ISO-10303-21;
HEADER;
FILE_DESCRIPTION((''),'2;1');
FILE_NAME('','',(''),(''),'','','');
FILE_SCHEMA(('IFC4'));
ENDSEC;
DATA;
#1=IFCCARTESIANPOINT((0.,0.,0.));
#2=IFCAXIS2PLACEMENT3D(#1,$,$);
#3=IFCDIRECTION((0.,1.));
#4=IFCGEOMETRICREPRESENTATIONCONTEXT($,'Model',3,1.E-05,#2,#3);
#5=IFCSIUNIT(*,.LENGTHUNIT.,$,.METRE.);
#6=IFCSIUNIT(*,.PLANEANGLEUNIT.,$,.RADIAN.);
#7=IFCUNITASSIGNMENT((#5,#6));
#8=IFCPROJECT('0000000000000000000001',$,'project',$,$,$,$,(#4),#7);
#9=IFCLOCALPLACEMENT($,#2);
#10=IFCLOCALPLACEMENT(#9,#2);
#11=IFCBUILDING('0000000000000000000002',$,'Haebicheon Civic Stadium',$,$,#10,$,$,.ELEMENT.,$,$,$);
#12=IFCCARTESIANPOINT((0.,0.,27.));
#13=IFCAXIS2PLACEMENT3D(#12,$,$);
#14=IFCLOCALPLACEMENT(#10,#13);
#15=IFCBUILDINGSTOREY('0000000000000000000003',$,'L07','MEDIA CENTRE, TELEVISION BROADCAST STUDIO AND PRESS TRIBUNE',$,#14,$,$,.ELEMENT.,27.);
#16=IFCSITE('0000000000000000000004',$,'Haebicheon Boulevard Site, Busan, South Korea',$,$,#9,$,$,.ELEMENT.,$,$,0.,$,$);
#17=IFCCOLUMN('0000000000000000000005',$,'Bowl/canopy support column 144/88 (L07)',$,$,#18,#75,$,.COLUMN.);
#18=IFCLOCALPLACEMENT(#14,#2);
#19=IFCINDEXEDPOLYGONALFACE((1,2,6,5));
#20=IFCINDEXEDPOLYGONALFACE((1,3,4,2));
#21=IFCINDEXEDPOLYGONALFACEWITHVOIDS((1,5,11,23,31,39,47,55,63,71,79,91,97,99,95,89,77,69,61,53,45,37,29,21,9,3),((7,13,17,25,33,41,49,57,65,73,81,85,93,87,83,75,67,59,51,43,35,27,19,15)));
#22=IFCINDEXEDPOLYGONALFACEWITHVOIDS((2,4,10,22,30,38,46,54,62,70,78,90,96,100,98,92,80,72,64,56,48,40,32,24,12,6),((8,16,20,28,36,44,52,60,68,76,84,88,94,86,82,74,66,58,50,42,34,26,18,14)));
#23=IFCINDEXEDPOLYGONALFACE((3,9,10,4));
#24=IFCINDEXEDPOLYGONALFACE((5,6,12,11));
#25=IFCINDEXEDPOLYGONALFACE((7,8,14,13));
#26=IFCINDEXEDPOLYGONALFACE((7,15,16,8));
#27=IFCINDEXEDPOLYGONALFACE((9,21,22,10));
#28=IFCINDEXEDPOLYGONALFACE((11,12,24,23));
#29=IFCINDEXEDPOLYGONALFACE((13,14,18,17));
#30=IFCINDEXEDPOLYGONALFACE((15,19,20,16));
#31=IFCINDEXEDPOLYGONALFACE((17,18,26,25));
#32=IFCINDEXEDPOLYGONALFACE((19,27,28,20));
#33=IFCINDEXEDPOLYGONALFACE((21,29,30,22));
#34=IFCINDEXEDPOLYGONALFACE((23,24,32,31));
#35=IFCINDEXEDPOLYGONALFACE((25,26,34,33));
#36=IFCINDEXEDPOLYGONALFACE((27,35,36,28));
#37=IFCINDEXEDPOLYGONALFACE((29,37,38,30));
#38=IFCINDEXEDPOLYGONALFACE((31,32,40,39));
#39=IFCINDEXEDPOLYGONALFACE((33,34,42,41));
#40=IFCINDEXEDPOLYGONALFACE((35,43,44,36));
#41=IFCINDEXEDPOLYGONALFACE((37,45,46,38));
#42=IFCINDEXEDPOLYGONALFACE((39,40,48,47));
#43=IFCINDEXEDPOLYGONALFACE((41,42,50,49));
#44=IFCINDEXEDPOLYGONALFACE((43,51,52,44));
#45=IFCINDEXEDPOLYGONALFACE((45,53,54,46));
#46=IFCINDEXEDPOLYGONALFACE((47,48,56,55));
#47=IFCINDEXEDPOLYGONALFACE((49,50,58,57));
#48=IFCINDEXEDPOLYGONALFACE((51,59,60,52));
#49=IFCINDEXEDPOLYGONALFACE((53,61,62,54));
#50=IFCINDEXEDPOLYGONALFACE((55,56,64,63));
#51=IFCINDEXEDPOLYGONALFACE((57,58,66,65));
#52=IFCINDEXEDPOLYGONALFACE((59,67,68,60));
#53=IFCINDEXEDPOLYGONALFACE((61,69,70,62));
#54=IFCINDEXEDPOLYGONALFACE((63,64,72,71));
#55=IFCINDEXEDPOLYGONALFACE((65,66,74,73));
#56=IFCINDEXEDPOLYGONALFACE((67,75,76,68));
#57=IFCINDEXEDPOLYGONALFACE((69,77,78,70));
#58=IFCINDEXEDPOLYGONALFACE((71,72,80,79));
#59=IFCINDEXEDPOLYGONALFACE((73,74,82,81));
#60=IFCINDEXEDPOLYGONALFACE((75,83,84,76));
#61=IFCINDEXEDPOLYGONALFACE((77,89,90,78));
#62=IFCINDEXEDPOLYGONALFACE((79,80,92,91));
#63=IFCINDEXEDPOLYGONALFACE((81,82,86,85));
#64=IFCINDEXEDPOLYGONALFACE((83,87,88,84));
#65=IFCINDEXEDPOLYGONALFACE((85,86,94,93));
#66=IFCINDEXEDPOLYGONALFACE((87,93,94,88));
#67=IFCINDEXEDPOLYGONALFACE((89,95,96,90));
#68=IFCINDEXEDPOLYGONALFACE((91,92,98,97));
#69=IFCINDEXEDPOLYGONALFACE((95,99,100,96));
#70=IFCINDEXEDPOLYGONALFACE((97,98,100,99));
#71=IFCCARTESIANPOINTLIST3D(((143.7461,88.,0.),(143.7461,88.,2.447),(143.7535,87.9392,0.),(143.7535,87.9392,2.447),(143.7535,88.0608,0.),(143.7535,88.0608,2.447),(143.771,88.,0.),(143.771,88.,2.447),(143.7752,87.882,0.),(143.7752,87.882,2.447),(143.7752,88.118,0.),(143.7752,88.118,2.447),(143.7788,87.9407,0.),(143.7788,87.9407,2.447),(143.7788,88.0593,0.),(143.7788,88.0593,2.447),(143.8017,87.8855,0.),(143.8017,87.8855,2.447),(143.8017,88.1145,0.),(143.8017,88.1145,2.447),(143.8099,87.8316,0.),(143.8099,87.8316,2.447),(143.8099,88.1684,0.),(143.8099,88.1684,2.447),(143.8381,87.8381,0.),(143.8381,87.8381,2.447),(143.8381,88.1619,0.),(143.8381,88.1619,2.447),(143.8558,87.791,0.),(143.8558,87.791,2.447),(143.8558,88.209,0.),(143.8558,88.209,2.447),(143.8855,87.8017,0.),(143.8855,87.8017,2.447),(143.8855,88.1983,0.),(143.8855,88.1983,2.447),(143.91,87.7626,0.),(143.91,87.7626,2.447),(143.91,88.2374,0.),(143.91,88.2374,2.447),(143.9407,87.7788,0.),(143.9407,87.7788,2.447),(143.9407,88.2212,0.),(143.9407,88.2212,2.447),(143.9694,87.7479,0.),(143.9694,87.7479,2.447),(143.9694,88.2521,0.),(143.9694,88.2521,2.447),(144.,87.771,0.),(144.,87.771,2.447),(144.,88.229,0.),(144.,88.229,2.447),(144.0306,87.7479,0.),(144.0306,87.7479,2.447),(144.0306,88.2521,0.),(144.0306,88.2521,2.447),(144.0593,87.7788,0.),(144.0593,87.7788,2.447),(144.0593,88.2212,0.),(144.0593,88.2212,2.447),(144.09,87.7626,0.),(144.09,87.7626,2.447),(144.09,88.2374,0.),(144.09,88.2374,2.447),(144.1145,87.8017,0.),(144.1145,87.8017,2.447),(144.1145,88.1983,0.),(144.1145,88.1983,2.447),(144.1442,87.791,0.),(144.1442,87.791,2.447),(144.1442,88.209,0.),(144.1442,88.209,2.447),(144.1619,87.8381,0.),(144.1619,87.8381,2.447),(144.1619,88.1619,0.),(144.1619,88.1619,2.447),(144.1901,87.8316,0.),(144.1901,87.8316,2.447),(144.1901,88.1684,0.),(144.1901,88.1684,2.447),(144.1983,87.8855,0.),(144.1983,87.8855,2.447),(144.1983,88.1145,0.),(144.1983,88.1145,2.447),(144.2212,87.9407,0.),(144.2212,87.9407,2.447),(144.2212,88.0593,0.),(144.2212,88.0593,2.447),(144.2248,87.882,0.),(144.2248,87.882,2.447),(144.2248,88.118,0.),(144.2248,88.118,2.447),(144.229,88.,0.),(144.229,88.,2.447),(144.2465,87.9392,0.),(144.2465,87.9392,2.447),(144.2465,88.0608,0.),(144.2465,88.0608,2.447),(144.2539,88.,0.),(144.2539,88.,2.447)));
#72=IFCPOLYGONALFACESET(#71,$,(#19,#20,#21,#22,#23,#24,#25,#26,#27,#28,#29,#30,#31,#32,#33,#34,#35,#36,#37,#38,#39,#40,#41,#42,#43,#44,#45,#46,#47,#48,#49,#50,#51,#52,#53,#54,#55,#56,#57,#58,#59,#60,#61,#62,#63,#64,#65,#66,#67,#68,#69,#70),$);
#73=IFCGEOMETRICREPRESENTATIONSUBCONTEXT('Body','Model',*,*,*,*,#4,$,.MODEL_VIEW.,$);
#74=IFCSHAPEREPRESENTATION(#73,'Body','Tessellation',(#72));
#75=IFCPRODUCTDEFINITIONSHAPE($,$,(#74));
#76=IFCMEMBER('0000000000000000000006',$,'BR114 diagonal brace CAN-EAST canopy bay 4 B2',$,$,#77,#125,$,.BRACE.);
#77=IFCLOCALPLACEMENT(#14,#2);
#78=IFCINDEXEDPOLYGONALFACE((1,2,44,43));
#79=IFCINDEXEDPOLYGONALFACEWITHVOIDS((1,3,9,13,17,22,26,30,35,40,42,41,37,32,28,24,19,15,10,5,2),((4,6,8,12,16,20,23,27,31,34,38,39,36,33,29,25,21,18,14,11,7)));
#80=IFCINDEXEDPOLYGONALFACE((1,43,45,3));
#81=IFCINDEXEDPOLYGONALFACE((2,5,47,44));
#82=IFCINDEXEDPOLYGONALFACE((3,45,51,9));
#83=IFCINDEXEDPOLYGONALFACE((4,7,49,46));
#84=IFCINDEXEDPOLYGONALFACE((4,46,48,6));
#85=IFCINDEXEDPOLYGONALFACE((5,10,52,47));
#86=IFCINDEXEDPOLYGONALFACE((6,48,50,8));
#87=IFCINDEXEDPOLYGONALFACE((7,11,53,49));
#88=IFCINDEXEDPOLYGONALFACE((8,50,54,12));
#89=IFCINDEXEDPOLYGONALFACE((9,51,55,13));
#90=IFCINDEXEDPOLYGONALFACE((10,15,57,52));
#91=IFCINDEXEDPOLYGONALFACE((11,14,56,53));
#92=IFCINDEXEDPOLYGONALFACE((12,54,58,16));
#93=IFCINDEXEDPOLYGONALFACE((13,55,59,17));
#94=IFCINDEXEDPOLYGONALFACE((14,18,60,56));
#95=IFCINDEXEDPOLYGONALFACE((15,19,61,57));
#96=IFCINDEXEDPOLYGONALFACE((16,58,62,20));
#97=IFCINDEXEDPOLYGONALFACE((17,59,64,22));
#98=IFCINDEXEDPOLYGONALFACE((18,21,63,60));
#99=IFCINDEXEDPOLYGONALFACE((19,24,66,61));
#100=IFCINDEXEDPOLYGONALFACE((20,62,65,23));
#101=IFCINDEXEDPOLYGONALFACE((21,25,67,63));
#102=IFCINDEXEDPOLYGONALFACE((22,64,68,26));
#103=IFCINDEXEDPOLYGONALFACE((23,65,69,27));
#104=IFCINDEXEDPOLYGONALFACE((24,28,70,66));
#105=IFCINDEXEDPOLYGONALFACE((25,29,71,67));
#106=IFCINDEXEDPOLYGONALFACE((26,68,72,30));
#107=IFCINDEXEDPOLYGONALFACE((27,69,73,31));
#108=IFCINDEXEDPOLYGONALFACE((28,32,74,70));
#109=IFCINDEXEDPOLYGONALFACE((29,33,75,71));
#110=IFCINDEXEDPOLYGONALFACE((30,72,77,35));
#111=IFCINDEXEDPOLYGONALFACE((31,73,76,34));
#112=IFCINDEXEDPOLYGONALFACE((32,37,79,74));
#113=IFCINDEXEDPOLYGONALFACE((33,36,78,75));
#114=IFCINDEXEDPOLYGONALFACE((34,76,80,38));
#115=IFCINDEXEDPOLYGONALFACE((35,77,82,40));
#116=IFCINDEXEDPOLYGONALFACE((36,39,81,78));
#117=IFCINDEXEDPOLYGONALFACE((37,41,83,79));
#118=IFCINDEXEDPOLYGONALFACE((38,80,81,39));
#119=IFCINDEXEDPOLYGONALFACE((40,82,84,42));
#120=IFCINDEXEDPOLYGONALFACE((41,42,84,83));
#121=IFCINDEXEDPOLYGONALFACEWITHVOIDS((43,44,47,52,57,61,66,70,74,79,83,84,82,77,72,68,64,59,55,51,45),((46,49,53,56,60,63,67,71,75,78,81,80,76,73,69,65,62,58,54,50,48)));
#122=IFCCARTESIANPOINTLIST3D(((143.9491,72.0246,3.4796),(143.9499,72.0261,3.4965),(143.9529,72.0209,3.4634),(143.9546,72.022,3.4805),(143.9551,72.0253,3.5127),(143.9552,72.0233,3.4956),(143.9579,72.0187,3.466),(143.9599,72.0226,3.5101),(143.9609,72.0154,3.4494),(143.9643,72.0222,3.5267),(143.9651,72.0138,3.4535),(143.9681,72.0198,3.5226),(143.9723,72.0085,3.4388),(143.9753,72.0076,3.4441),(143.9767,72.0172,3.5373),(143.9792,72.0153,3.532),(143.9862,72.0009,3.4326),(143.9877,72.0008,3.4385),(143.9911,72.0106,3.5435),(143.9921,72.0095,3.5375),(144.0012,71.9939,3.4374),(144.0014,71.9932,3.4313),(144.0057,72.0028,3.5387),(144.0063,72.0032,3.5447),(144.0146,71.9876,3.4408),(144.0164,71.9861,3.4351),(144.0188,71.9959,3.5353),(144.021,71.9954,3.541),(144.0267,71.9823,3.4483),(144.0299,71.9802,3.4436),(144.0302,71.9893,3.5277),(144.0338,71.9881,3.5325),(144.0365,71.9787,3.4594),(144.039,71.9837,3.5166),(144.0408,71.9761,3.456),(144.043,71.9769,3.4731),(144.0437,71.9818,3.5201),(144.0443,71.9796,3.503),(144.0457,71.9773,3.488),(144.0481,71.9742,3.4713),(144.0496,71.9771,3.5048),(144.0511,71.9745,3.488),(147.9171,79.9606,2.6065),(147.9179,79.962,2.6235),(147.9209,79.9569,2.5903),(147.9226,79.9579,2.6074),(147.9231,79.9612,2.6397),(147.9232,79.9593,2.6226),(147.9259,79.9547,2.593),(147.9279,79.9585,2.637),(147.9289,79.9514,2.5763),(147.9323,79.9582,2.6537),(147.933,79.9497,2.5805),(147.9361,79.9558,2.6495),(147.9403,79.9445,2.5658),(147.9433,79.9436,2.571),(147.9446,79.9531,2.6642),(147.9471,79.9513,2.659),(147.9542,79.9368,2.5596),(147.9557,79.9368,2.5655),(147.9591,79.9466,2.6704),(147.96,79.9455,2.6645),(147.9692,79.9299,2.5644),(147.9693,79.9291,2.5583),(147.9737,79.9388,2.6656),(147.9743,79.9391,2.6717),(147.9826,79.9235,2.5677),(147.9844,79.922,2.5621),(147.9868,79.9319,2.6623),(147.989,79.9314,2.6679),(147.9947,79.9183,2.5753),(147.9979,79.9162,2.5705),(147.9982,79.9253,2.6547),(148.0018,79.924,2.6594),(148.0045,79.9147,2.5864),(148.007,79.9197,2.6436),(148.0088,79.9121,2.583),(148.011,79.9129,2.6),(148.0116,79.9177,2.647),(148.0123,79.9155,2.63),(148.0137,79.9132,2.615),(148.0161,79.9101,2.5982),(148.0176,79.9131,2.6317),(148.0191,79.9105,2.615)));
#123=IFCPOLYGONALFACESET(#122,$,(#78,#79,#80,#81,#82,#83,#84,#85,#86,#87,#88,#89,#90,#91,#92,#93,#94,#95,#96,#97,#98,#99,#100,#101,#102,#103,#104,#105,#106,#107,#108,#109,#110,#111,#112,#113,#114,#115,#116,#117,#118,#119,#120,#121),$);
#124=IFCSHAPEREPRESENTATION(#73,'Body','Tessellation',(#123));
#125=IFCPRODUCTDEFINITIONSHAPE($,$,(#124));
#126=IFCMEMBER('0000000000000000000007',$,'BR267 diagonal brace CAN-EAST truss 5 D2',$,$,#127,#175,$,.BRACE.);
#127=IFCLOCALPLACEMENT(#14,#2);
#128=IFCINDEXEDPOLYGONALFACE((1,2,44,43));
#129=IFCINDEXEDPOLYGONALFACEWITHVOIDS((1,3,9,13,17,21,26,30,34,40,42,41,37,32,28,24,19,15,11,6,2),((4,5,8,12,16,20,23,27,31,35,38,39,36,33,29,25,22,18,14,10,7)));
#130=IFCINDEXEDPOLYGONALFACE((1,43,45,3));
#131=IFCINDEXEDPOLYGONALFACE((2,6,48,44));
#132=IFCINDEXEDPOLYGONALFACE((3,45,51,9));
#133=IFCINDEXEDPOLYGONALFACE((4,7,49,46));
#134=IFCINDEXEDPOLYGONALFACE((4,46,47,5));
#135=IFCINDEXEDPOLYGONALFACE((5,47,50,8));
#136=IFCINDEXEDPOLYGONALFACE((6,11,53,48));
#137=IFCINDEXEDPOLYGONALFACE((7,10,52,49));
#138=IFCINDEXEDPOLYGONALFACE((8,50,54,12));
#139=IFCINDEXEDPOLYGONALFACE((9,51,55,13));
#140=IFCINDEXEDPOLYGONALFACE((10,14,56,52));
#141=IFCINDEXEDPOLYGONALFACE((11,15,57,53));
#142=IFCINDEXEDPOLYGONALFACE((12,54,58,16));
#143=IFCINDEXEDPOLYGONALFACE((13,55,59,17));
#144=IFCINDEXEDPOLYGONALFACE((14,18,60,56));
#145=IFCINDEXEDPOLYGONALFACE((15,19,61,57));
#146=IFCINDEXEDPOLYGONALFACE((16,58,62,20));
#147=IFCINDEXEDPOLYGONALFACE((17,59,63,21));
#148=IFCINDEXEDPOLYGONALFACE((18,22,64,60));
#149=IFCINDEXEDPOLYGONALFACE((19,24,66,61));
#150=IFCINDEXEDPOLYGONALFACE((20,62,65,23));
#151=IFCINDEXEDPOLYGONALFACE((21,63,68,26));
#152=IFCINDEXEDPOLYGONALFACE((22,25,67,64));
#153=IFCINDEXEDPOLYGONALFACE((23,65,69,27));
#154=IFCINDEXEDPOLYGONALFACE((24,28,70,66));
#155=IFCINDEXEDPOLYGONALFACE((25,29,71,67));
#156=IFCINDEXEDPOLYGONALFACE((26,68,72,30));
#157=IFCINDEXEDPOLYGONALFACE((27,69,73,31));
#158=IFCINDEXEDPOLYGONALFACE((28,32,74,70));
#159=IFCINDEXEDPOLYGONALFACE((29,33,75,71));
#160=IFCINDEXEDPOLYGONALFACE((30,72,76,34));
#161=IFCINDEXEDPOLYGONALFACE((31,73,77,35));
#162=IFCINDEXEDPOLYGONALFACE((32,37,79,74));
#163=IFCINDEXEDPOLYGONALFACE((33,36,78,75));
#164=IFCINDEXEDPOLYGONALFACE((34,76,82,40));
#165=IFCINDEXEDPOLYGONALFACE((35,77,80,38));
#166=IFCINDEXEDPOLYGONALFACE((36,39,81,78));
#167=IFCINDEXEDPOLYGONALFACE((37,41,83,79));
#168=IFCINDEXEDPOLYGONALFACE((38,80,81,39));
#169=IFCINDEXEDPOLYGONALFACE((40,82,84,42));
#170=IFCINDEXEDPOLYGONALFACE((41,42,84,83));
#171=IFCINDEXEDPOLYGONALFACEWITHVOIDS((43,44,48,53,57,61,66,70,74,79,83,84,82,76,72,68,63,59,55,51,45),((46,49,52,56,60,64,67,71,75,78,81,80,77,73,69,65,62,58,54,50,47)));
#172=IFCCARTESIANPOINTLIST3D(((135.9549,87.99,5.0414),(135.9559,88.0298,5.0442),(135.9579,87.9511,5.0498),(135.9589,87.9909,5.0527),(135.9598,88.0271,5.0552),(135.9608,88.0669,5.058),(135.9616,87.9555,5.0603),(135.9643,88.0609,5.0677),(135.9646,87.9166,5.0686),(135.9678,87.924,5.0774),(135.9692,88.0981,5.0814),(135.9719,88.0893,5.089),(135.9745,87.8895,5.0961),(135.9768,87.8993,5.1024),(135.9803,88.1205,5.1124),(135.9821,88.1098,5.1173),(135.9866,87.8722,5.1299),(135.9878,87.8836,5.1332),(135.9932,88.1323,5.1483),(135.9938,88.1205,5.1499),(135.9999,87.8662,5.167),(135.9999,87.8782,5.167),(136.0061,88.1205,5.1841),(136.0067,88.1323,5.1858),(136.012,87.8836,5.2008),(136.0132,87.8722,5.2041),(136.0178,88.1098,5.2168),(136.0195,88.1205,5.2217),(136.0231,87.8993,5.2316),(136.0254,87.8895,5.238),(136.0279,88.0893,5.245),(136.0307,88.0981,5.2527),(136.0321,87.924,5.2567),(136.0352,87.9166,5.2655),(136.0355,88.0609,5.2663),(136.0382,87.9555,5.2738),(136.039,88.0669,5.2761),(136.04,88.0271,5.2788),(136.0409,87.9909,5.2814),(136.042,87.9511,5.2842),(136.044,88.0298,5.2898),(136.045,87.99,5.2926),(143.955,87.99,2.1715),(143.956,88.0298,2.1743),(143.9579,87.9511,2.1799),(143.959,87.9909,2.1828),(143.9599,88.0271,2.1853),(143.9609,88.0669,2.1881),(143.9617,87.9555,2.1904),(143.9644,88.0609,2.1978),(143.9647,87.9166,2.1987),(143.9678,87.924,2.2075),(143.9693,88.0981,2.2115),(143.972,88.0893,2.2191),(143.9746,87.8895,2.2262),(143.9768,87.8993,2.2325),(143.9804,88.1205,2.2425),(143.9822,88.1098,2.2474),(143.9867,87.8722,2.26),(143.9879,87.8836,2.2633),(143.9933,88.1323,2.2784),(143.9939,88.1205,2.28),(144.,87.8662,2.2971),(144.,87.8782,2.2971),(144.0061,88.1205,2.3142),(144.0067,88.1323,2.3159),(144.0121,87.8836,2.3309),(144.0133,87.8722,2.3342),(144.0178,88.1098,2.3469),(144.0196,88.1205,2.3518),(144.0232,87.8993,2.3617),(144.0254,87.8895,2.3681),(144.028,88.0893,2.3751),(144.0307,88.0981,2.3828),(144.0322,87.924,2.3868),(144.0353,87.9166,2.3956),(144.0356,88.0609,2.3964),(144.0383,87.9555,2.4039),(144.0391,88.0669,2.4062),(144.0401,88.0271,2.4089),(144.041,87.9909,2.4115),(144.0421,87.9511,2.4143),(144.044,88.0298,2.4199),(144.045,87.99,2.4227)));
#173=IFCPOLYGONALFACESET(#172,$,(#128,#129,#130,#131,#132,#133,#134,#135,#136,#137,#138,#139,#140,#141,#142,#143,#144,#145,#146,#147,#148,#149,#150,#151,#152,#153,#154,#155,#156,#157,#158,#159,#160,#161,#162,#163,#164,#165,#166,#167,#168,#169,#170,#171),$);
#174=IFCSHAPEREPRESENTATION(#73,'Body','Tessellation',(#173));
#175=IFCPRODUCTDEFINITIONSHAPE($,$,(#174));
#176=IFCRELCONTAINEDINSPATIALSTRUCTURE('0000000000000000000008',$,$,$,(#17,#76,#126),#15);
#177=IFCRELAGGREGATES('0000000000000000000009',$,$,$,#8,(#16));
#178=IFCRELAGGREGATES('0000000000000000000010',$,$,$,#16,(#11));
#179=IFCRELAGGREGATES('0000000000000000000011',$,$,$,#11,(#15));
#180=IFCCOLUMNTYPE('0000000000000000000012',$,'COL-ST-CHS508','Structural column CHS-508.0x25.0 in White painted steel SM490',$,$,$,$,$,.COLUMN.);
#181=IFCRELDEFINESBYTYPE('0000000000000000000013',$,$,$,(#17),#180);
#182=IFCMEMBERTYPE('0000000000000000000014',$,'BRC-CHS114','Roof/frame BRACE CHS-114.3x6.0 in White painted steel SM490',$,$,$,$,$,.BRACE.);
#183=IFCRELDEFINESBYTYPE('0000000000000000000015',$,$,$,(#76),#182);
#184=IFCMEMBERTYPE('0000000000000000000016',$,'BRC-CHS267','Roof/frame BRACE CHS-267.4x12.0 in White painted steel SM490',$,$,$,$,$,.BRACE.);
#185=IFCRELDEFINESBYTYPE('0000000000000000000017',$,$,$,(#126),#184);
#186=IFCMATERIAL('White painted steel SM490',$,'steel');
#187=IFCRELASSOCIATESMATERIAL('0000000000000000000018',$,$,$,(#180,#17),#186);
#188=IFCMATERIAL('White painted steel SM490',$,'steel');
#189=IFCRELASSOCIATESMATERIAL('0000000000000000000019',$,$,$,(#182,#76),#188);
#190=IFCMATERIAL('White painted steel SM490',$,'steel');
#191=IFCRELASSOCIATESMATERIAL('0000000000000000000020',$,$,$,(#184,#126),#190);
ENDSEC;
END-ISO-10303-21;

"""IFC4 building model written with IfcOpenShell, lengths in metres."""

from ifc_helpers import new_model, si_unit, direction, frame, origin, origin_2d, place, context, subcontext, project, spatial, hollow_circle, extrude, material, material_profile, profile_set, type_object, element, save


model = new_model("IFC4")

# Units and contexts
model_context = context("Model", 3, precision=1e-05, world=origin(), true_north=direction((0.0, 1.0)))
body_context = subcontext(model_context, "Body", "Model", "MODEL_VIEW")
ifc_project = project(units=[si_unit("LENGTHUNIT", "METRE"), si_unit("PLANEANGLEUNIT", "RADIAN")], contexts=[model_context])

# Site, building, storey
site_placement = place(None, origin())
site = spatial("IfcSite", under=ifc_project, at=site_placement, Name="Haebicheon Boulevard Site, Busan, South Korea", CompositionType="ELEMENT", RefElevation=0.0)
building_placement = place(site_placement, origin())
building = spatial("IfcBuilding", under=site, at=building_placement, Name="Haebicheon Civic Stadium", CompositionType="ELEMENT")
storey_placement = place(building_placement, frame((0.0, 0.0, 27.0)))
storey = spatial("IfcBuildingStorey", under=building, at=storey_placement, Name="L07", Description="MEDIA CENTRE, TELEVISION BROADCAST STUDIO AND PRESS TRIBUNE", CompositionType="ELEMENT", Elevation=27.0)

# Column
ifc_material_1 = material(Name="White painted steel SM490", Category="steel")
ifc_material_profile_1 = material_profile(ifc_material_1, hollow_circle(Radius=0.2539, WallThickness=0.0249, at=origin_2d()), Name="CHS-508.0x25.0")
ifc_profile_set_1 = profile_set([ifc_material_profile_1], Name="White painted steel SM490")
column_type = type_object("IfcColumnType", Name="COL-ST-CHS508", Description="Structural column CHS-508.0x25.0 in White painted steel SM490", PredefinedType="COLUMN", material=ifc_profile_set_1)
column_placement = place(storey_placement, frame((144.0, 88.0, 0.0), z_axis=(0.0, 0.0, 1.0), x_axis=(1.0, 0.0, 0.0)))
element("IfcColumn", 1, at=column_placement, inside=storey, type_object=column_type, material=ifc_profile_set_1, Name="Bowl/canopy support column 144/88 (L07)", PredefinedType="COLUMN", context=body_context, shape_type="SweptSolid", body=[
    extrude(hollow_circle(Radius=0.2539, WallThickness=0.0249, at=origin_2d()), origin(), (0.0, 0.0, 1.0), 2.447),
])

# Members
ifc_material_2 = material(Name="White painted steel SM490", Category="steel")
ifc_material_profile_2 = material_profile(ifc_material_2, hollow_circle(Radius=0.0571, WallThickness=0.0061, at=origin_2d()), Name="CHS-114.3x6.0")
ifc_profile_set_2 = profile_set([ifc_material_profile_2], Name="White painted steel SM490")
member_type_1 = type_object("IfcMemberType", Name="BRC-CHS114", Description="Roof/frame BRACE CHS-114.3x6.0 in White painted steel SM490", PredefinedType="BRACE", material=ifc_profile_set_2)
member_1_placement = place(storey_placement, frame((147.968, 79.936, 2.615), z_axis=(-0.445064, -0.890129, 0.097923), x_axis=(0.894427, -0.447214, 0.0)))
element("IfcMember", 2, at=member_1_placement, inside=storey, type_object=member_type_1, material=ifc_profile_set_2, Name="BR114 diagonal brace CAN-EAST canopy bay 4 B2", PredefinedType="BRACE", context=body_context, shape_type="SweptSolid", body=[
    extrude(hollow_circle(Radius=0.0571, WallThickness=0.0061, at=origin_2d()), origin(), (0.0, 0.0, 1.0), 8.9155),
])
ifc_material_3 = material(Name="White painted steel SM490", Category="steel")
ifc_material_profile_3 = material_profile(ifc_material_3, hollow_circle(Radius=0.1338, WallThickness=0.012, at=origin_2d()), Name="CHS-267.4x12.0")
ifc_profile_set_3 = profile_set([ifc_material_profile_3], Name="White painted steel SM490")
member_type_2 = type_object("IfcMemberType", Name="BRC-CHS267", Description="Roof/frame BRACE CHS-267.4x12.0 in White painted steel SM490", PredefinedType="BRACE", material=ifc_profile_set_3)
member_2_placement = place(storey_placement, frame((144.0, 88.0, 2.2971), z_axis=(-0.941267, 0.0, 0.337664), x_axis=(0.0, -1.0, 0.0)))
element("IfcMember", 3, at=member_2_placement, inside=storey, type_object=member_type_2, material=ifc_profile_set_3, Name="BR267 diagonal brace CAN-EAST truss 5 D2", PredefinedType="BRACE", context=body_context, shape_type="SweptSolid", body=[
    extrude(hollow_circle(Radius=0.1338, WallThickness=0.012, at=origin_2d()), origin(), (0.0, 0.0, 1.0), 8.4993),
])

save(model, "model.ifc")
